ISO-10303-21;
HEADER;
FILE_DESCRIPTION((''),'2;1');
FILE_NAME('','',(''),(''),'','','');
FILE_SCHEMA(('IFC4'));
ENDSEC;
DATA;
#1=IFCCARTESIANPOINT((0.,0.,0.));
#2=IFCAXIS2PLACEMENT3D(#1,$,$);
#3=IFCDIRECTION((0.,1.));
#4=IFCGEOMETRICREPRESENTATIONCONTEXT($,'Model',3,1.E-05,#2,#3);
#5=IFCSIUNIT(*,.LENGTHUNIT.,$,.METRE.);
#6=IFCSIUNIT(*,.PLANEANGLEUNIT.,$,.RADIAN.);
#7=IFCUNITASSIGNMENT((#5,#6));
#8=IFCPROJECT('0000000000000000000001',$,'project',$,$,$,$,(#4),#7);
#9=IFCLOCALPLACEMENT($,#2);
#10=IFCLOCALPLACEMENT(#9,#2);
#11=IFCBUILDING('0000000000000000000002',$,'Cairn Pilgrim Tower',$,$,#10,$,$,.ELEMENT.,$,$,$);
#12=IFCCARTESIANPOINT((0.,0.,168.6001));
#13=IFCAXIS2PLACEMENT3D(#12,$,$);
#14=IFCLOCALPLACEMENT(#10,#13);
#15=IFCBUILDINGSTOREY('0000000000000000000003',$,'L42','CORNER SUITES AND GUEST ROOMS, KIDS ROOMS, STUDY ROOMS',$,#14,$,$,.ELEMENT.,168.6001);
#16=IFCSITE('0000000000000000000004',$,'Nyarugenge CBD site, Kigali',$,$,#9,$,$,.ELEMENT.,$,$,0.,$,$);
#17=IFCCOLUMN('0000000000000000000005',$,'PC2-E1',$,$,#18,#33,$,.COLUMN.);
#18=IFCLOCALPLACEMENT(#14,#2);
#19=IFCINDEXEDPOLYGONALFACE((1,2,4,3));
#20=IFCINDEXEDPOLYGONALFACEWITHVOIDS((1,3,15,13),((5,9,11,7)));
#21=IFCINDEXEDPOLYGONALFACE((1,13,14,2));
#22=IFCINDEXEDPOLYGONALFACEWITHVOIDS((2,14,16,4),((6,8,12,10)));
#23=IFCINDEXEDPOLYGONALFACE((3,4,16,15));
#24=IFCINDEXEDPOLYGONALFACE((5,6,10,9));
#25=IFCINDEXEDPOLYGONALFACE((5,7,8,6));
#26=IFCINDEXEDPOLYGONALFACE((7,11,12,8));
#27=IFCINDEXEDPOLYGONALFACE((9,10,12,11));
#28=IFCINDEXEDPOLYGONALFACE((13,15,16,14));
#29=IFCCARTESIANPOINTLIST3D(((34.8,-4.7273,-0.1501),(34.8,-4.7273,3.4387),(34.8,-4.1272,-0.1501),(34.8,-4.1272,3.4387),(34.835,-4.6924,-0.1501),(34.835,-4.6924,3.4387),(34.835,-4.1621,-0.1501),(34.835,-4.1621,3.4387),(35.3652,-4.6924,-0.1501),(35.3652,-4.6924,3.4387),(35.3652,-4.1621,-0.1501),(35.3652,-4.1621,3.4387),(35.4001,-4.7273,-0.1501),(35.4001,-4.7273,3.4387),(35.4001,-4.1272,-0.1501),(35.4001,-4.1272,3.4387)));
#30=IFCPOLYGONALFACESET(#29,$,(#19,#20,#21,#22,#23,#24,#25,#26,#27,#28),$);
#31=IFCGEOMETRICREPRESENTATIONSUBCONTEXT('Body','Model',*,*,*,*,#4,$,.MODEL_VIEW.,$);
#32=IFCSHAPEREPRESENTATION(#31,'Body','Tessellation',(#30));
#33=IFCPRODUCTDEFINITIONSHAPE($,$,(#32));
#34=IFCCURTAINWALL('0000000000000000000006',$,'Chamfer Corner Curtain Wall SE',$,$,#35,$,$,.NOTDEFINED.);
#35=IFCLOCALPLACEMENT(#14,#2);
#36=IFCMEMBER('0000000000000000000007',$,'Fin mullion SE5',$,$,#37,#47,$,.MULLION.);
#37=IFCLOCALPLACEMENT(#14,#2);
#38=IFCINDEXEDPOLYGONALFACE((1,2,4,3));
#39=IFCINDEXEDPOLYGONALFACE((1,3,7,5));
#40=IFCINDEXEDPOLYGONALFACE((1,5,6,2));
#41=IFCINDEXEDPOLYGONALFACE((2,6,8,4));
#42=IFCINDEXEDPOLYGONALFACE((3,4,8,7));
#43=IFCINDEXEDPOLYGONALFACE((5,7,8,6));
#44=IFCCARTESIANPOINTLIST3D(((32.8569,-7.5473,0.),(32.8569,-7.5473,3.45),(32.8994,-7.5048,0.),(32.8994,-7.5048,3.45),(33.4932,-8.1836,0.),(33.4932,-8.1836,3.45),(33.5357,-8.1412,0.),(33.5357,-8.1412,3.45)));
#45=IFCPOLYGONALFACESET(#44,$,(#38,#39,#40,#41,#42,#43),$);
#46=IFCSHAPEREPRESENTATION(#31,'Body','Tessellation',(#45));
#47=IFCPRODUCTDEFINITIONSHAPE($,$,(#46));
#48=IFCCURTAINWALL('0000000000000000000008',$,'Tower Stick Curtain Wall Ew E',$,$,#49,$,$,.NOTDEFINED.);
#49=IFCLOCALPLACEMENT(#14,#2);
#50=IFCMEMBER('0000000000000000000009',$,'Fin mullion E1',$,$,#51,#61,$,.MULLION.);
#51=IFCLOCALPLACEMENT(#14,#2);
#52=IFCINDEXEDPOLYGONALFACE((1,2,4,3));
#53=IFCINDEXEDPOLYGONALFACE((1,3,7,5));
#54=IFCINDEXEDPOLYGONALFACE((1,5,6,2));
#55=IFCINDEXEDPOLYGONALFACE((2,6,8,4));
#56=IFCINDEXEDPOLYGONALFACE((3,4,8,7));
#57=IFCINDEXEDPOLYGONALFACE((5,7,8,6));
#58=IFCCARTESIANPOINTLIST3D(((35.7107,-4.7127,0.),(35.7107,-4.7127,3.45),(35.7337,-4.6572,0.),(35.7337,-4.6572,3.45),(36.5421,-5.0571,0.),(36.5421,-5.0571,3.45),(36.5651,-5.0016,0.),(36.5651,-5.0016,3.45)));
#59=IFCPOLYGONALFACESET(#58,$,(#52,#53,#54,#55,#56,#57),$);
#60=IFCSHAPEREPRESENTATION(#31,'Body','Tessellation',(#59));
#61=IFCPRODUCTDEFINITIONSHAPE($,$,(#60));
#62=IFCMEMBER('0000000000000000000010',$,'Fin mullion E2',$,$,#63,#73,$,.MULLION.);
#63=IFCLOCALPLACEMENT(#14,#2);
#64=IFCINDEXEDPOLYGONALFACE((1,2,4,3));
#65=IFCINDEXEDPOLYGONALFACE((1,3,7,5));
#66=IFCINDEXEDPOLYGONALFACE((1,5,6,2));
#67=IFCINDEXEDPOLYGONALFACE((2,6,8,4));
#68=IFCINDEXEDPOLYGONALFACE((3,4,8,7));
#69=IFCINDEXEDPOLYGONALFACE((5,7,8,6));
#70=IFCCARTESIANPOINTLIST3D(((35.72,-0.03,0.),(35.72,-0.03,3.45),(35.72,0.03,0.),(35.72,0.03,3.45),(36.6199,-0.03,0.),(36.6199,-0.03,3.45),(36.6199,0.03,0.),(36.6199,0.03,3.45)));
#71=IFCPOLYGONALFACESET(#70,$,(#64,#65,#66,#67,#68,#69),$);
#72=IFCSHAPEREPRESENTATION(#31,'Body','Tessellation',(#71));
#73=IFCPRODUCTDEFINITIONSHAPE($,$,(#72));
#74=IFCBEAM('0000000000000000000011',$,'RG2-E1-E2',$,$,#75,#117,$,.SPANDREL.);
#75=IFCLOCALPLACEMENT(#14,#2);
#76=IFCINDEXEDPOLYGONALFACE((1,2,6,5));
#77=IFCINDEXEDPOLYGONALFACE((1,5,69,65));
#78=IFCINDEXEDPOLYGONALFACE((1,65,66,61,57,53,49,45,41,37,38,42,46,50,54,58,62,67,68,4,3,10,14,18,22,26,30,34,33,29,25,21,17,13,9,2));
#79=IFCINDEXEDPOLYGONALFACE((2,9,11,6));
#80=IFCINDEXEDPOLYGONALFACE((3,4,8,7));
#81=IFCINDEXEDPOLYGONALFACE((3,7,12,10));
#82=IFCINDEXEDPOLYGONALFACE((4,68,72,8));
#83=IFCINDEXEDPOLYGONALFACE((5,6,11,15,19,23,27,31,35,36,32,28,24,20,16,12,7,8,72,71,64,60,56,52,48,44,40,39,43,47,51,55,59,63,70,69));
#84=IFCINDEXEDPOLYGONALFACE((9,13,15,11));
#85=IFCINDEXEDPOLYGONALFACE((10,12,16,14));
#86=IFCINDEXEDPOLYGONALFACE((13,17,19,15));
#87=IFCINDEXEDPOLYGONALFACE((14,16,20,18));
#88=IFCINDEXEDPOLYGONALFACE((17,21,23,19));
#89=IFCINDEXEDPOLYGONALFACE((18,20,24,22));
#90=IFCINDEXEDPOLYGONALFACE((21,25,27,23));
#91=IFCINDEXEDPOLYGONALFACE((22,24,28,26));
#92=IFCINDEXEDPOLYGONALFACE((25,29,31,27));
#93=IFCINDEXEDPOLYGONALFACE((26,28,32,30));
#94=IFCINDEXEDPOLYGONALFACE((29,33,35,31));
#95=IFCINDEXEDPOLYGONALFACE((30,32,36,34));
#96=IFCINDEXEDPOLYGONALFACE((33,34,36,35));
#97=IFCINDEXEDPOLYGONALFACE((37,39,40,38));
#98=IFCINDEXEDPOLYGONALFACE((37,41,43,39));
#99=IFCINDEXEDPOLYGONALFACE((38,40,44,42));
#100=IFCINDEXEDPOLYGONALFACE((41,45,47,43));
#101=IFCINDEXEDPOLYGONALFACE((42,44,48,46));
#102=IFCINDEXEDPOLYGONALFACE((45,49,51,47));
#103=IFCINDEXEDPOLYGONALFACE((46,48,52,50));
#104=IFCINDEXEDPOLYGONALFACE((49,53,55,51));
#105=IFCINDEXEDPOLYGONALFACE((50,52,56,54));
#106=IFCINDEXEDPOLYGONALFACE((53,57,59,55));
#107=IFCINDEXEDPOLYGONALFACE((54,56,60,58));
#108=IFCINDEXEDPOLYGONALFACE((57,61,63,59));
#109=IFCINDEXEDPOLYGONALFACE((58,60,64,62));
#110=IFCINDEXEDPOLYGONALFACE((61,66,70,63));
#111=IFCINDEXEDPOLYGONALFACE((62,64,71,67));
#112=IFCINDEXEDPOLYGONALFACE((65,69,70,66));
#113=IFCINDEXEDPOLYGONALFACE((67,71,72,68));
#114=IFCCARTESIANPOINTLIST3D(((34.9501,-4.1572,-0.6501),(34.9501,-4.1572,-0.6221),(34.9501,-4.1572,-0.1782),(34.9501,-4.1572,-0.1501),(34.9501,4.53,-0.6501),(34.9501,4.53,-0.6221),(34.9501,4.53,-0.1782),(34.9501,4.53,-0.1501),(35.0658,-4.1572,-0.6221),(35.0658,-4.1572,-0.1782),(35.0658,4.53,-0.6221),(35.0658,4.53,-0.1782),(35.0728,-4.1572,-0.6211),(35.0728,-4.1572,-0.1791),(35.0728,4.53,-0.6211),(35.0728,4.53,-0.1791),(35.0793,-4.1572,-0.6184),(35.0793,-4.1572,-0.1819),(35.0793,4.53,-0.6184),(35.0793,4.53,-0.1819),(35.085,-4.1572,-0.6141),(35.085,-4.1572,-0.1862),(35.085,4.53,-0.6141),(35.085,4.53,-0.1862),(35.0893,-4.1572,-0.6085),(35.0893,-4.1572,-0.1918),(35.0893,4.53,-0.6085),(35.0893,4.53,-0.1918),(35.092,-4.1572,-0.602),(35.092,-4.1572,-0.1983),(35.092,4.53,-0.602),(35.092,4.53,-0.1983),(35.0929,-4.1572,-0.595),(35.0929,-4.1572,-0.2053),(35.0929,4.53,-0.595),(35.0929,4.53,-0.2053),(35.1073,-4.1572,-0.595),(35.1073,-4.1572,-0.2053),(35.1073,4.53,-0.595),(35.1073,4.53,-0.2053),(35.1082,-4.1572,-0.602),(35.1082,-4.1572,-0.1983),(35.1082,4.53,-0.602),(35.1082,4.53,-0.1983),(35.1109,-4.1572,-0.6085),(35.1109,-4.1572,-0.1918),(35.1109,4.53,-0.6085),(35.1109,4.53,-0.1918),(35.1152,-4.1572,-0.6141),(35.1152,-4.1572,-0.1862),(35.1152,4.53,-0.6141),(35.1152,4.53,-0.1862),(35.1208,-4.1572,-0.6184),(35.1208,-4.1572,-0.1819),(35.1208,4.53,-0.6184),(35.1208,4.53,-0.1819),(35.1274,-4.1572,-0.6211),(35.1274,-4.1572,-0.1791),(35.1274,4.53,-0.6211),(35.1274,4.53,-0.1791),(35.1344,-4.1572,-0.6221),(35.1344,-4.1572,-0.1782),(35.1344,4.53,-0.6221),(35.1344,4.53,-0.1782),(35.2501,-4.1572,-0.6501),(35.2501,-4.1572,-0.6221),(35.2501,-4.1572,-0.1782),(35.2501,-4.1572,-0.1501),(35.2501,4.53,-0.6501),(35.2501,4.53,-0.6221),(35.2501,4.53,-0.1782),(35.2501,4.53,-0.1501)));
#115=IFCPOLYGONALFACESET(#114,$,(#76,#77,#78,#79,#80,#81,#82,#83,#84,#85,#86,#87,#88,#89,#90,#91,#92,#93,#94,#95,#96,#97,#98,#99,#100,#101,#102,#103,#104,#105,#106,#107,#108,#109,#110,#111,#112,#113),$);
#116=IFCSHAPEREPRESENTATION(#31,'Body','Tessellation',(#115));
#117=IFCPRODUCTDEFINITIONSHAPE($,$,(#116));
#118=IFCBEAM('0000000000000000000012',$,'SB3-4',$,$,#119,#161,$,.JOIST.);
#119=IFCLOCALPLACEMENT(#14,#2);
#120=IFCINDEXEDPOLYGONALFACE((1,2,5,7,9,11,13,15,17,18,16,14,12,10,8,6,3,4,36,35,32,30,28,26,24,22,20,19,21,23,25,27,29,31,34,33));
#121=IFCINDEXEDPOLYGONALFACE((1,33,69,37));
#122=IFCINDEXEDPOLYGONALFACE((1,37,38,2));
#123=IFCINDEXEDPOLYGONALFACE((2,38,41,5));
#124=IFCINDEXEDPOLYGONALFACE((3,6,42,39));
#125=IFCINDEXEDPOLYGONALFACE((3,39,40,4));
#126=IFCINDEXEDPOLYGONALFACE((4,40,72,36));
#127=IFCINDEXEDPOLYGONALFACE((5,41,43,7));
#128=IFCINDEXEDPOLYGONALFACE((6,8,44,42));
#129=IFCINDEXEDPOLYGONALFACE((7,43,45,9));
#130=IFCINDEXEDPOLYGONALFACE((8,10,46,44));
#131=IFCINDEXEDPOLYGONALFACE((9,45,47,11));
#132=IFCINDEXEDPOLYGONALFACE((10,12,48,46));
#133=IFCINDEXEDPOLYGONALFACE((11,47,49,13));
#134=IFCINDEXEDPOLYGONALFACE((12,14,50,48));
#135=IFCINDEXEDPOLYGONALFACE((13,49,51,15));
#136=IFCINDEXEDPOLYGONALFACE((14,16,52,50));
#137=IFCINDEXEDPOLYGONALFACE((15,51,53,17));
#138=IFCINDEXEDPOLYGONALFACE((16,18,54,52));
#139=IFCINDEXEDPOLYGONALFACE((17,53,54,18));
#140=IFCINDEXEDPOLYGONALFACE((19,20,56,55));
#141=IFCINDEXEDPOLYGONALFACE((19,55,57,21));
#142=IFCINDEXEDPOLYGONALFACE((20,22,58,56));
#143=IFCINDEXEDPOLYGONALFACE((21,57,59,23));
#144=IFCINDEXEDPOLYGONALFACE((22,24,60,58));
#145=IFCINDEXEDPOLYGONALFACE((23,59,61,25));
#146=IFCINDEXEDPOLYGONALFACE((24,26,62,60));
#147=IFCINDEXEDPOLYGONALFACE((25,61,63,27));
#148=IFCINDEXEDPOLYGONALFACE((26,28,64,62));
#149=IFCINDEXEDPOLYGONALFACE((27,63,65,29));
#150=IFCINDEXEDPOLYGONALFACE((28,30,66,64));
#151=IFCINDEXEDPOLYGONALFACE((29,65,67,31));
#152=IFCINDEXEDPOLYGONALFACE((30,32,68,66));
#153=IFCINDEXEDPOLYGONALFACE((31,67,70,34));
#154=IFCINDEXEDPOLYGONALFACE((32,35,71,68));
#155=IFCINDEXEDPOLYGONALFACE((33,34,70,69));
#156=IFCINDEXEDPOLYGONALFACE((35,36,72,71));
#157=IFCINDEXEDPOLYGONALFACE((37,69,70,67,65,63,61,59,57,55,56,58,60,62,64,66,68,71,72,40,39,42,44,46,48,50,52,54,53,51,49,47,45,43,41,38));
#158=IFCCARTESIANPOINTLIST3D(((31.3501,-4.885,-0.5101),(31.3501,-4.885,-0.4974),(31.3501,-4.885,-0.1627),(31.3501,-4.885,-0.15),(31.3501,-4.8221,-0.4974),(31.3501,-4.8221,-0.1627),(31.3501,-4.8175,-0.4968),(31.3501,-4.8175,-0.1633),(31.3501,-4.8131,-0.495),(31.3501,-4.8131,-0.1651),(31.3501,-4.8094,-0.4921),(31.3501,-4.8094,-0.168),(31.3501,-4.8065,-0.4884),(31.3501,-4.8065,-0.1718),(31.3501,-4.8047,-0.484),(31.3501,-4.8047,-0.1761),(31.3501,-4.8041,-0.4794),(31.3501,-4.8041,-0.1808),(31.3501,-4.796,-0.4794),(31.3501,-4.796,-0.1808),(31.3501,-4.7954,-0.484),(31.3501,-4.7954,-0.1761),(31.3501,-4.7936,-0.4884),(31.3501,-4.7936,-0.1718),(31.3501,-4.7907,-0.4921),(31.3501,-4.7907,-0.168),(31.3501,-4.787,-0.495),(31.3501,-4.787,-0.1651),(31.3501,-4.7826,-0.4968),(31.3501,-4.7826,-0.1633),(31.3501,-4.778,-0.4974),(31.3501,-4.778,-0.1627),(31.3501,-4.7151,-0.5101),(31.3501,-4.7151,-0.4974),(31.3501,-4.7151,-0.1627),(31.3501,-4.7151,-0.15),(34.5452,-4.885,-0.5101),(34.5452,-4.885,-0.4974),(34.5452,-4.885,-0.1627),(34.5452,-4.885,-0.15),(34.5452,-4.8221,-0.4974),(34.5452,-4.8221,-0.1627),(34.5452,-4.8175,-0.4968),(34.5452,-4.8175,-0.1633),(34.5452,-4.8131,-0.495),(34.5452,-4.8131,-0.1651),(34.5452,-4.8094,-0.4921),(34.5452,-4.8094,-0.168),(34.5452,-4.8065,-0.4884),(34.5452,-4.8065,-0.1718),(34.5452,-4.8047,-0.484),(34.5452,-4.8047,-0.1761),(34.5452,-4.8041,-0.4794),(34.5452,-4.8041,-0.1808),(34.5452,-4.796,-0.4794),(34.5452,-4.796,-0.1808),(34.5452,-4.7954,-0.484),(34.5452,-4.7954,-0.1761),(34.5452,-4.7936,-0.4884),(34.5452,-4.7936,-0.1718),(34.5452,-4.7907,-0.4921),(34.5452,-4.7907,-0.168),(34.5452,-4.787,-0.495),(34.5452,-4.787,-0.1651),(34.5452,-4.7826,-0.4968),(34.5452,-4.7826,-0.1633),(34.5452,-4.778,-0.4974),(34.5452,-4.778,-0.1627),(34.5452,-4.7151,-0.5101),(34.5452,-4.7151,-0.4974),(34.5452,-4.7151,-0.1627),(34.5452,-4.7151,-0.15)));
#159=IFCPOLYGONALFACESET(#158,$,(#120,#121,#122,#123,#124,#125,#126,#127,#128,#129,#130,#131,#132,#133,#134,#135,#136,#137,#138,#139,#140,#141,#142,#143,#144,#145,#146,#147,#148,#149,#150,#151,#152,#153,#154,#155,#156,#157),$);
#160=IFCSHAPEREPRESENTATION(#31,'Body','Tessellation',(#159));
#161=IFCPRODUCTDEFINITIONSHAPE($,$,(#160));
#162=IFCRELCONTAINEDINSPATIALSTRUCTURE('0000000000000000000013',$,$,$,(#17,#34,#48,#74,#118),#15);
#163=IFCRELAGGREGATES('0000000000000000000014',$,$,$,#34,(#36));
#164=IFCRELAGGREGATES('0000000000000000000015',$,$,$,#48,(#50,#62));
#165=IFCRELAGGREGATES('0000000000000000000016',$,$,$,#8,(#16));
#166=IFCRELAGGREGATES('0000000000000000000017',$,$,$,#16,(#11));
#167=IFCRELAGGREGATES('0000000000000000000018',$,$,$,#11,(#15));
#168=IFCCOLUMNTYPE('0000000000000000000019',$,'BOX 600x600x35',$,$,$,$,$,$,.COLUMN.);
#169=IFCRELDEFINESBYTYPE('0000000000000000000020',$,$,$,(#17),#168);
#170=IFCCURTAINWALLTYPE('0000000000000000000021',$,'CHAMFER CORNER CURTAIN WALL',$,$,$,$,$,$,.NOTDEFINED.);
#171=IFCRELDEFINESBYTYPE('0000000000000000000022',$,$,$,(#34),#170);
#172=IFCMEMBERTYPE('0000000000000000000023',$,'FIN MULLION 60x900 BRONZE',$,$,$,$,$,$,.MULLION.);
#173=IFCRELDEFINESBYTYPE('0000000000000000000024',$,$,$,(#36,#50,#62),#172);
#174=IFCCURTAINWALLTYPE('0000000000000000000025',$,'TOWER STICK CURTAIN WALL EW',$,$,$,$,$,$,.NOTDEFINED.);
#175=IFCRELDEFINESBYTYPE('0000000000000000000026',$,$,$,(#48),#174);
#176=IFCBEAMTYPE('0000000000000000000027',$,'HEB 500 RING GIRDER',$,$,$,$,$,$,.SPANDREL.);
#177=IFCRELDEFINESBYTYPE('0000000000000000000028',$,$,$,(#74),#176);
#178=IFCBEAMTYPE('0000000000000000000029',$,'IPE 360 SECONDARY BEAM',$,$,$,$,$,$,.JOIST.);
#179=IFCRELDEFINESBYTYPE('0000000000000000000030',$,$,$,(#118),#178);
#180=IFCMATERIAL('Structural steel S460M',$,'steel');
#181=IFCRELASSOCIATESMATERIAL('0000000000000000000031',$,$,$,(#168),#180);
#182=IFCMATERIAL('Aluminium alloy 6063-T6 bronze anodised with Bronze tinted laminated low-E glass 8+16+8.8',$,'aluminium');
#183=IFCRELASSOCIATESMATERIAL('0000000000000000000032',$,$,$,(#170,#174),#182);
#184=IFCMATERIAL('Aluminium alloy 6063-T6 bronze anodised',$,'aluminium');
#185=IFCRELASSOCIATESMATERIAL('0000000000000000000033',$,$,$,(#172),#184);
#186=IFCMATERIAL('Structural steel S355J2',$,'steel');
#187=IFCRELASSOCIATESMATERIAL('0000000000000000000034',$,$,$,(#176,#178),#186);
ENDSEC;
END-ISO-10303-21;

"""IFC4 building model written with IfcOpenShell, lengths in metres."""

from ifc_helpers import new_model, si_unit, direction, frame, origin, origin_2d, place, context, subcontext, project, spatial, rectangle, hollow_rectangle, i_section, extrude, clip, halfspace, material, material_profile, profile_set, type_object, element, aggregate, save


model = new_model("IFC4")

# Units and contexts
model_context = context("Model", 3, precision=1e-05, world=origin(), true_north=direction((0.0, 1.0)))
body_context = subcontext(model_context, "Body", "Model", "MODEL_VIEW")
ifc_project = project(units=[si_unit("LENGTHUNIT", "METRE"), si_unit("PLANEANGLEUNIT", "RADIAN")], contexts=[model_context])

# Site, building, storey
site_placement = place(None, origin())
site = spatial("IfcSite", under=ifc_project, at=site_placement, Name="Nyarugenge CBD site, Kigali", CompositionType="ELEMENT", RefElevation=0.0)
building_placement = place(site_placement, origin())
building = spatial("IfcBuilding", under=site, at=building_placement, Name="Cairn Pilgrim Tower", CompositionType="ELEMENT")
storey_placement = place(building_placement, frame((0.0, 0.0, 168.6001)))
storey = spatial("IfcBuildingStorey", under=building, at=storey_placement, Name="L42", Description="CORNER SUITES AND GUEST ROOMS, KIDS ROOMS, STUDY ROOMS", CompositionType="ELEMENT", Elevation=168.6001)

# Column
ifc_material_1 = material(Name="Structural steel S460M", Category="steel")
ifc_material_profile_1 = material_profile(ifc_material_1, hollow_rectangle(XDim=0.6001, YDim=0.6001, WallThickness=0.0349, at=origin_2d()), Name="BOX 600x600x35")
ifc_profile_set_1 = profile_set([ifc_material_profile_1], Name="Structural steel S460M")
column_type = type_object("IfcColumnType", Name="BOX 600x600x35", PredefinedType="COLUMN", material=ifc_profile_set_1)
column_placement = place(storey_placement, frame((35.1001, -4.4272, -0.1501), z_axis=(0.0, 0.0, 1.0), x_axis=(1.0, 0.0, 0.0)))
element("IfcColumn", 1, at=column_placement, inside=storey, type_object=column_type, Name="PC2-E1", PredefinedType="COLUMN", context=body_context, shape_type="Clipping", body=[
    clip(extrude(hollow_rectangle(XDim=0.6001, YDim=0.6001, WallThickness=0.0349, at=origin_2d()), origin(), (0.0, 0.0, 1.0), 3.6001), halfspace(frame((0.0, 0.0, 3.5889), z_axis=(0.0, 0.0, 1.0), x_axis=(1.0, 0.0, 0.0)), False)),
])

# Curtain wall, member
ifc_material_2 = material(Name="Aluminium alloy 6063-T6 bronze anodised with Bronze tinted laminated low-E glass 8+16+8.8", Category="aluminium")
curtain_wall_type_1 = type_object("IfcCurtainWallType", Name="CHAMFER CORNER CURTAIN WALL", PredefinedType="NOTDEFINED", material=ifc_material_2)
curtain_wall_1_placement = place(storey_placement, origin())
curtain_wall_1 = element("IfcCurtainWall", 2, at=curtain_wall_1_placement, inside=storey, type_object=curtain_wall_type_1, Name="Chamfer Corner Curtain Wall SE", PredefinedType="NOTDEFINED")
ifc_material_3 = material(Name="Aluminium alloy 6063-T6 bronze anodised", Category="aluminium")
ifc_material_profile_2 = material_profile(ifc_material_3, rectangle(XDim=0.8999, YDim=0.0601, at=origin_2d()), Name="FIN MULLION 60x900 BRONZE")
ifc_profile_set_2 = profile_set([ifc_material_profile_2], Name="Aluminium alloy 6063-T6 bronze anodised")
member_type_1 = type_object("IfcMemberType", Name="FIN MULLION 60x900 BRONZE", PredefinedType="MULLION", material=ifc_profile_set_2)
member_1_placement = place(storey_placement, frame((33.1963, -7.8442, 0.0), z_axis=(0.0, 0.0, 1.0), x_axis=(0.707107, -0.707107, 0.0)))
member_1 = element("IfcMember", 3, at=member_1_placement, type_object=member_type_1, Name="Fin mullion SE5", PredefinedType="MULLION", context=body_context, shape_type="SweptSolid", body=[
    extrude(rectangle(XDim=0.8999, YDim=0.0601, at=origin_2d()), origin(), (0.0, 0.0, 1.0), 3.45),
])
aggregate(curtain_wall_1, [member_1])

# Curtain wall, members
curtain_wall_type_2 = type_object("IfcCurtainWallType", Name="TOWER STICK CURTAIN WALL EW", PredefinedType="NOTDEFINED", material=ifc_material_2)
curtain_wall_2_placement = place(storey_placement, origin())
curtain_wall_2 = element("IfcCurtainWall", 4, at=curtain_wall_2_placement, inside=storey, type_object=curtain_wall_type_2, Name="Tower Stick Curtain Wall Ew E", PredefinedType="NOTDEFINED")
member_2_placement = place(storey_placement, frame((36.1379, -4.8572, 0.0), z_axis=(0.0, 0.0, 1.0), x_axis=(0.92388, -0.382683, 0.0)))
member_2 = element("IfcMember", 5, at=member_2_placement, type_object=member_type_1, Name="Fin mullion E1", PredefinedType="MULLION", context=body_context, shape_type="SweptSolid", body=[
    extrude(rectangle(XDim=0.8999, YDim=0.0601, at=origin_2d()), origin(), (0.0, 0.0, 1.0), 3.45),
])
member_3_placement = place(storey_placement, frame((36.1699, 0.0, 0.0), z_axis=(0.0, 0.0, 1.0), x_axis=(1.0, 0.0, 0.0)))
member_3 = element("IfcMember", 6, at=member_3_placement, type_object=member_type_1, Name="Fin mullion E2", PredefinedType="MULLION", context=body_context, shape_type="SweptSolid", body=[
    extrude(rectangle(XDim=0.8999, YDim=0.0601, at=origin_2d()), origin(), (0.0, 0.0, 1.0), 3.45),
])

# Beams
ifc_material_4 = material(Name="Structural steel S355J2", Category="steel")
ifc_material_profile_3 = material_profile(ifc_material_4, i_section(OverallWidth=0.3, OverallDepth=0.5, WebThickness=0.0144, FlangeThickness=0.0281, FilletRadius=0.0271, at=origin_2d()), Name="HEB 500")
ifc_profile_set_3 = profile_set([ifc_material_profile_3], Name="Structural steel S355J2")
beam_type_1 = type_object("IfcBeamType", Name="HEB 500 RING GIRDER", PredefinedType="SPANDREL", material=ifc_profile_set_3)
beam_1_placement = place(storey_placement, frame((35.1001, -4.1572, -0.4001), z_axis=(0.0, 1.0, 0.0), x_axis=(-1.0, 0.0, 0.0)))
element("IfcBeam", 7, at=beam_1_placement, inside=storey, type_object=beam_type_1, Name="RG2-E1-E2", PredefinedType="SPANDREL", context=body_context, shape_type="SweptSolid", body=[
    extrude(i_section(OverallWidth=0.3, OverallDepth=0.5, WebThickness=0.0144, FlangeThickness=0.0281, FilletRadius=0.0271, at=origin_2d()), origin(), (0.0, 0.0, 1.0), 8.6873),
])
ifc_material_profile_4 = material_profile(ifc_material_4, i_section(OverallWidth=0.1699, OverallDepth=0.3601, WebThickness=0.0081, FlangeThickness=0.0127, FilletRadius=0.0181, at=origin_2d()), Name="IPE 360")
ifc_profile_set_4 = profile_set([ifc_material_profile_4], Name="Structural steel S355J2")
beam_type_2 = type_object("IfcBeamType", Name="IPE 360 SECONDARY BEAM", PredefinedType="JOIST", material=ifc_profile_set_4)
beam_2_placement = place(storey_placement, frame((31.3501, -4.8, -0.3301), z_axis=(1.0, 0.0, 0.0), x_axis=(0.0, 1.0, 0.0)))
element("IfcBeam", 8, at=beam_2_placement, inside=storey, type_object=beam_type_2, Name="SB3-4", PredefinedType="JOIST", context=body_context, shape_type="SweptSolid", body=[
    extrude(i_section(OverallWidth=0.1699, OverallDepth=0.3601, WebThickness=0.0081, FlangeThickness=0.0127, FilletRadius=0.0181, at=origin_2d()), origin(), (0.0, 0.0, 1.0), 3.1951),
])

aggregate(curtain_wall_2, [member_2, member_3])

save(model, "model.ifc")
